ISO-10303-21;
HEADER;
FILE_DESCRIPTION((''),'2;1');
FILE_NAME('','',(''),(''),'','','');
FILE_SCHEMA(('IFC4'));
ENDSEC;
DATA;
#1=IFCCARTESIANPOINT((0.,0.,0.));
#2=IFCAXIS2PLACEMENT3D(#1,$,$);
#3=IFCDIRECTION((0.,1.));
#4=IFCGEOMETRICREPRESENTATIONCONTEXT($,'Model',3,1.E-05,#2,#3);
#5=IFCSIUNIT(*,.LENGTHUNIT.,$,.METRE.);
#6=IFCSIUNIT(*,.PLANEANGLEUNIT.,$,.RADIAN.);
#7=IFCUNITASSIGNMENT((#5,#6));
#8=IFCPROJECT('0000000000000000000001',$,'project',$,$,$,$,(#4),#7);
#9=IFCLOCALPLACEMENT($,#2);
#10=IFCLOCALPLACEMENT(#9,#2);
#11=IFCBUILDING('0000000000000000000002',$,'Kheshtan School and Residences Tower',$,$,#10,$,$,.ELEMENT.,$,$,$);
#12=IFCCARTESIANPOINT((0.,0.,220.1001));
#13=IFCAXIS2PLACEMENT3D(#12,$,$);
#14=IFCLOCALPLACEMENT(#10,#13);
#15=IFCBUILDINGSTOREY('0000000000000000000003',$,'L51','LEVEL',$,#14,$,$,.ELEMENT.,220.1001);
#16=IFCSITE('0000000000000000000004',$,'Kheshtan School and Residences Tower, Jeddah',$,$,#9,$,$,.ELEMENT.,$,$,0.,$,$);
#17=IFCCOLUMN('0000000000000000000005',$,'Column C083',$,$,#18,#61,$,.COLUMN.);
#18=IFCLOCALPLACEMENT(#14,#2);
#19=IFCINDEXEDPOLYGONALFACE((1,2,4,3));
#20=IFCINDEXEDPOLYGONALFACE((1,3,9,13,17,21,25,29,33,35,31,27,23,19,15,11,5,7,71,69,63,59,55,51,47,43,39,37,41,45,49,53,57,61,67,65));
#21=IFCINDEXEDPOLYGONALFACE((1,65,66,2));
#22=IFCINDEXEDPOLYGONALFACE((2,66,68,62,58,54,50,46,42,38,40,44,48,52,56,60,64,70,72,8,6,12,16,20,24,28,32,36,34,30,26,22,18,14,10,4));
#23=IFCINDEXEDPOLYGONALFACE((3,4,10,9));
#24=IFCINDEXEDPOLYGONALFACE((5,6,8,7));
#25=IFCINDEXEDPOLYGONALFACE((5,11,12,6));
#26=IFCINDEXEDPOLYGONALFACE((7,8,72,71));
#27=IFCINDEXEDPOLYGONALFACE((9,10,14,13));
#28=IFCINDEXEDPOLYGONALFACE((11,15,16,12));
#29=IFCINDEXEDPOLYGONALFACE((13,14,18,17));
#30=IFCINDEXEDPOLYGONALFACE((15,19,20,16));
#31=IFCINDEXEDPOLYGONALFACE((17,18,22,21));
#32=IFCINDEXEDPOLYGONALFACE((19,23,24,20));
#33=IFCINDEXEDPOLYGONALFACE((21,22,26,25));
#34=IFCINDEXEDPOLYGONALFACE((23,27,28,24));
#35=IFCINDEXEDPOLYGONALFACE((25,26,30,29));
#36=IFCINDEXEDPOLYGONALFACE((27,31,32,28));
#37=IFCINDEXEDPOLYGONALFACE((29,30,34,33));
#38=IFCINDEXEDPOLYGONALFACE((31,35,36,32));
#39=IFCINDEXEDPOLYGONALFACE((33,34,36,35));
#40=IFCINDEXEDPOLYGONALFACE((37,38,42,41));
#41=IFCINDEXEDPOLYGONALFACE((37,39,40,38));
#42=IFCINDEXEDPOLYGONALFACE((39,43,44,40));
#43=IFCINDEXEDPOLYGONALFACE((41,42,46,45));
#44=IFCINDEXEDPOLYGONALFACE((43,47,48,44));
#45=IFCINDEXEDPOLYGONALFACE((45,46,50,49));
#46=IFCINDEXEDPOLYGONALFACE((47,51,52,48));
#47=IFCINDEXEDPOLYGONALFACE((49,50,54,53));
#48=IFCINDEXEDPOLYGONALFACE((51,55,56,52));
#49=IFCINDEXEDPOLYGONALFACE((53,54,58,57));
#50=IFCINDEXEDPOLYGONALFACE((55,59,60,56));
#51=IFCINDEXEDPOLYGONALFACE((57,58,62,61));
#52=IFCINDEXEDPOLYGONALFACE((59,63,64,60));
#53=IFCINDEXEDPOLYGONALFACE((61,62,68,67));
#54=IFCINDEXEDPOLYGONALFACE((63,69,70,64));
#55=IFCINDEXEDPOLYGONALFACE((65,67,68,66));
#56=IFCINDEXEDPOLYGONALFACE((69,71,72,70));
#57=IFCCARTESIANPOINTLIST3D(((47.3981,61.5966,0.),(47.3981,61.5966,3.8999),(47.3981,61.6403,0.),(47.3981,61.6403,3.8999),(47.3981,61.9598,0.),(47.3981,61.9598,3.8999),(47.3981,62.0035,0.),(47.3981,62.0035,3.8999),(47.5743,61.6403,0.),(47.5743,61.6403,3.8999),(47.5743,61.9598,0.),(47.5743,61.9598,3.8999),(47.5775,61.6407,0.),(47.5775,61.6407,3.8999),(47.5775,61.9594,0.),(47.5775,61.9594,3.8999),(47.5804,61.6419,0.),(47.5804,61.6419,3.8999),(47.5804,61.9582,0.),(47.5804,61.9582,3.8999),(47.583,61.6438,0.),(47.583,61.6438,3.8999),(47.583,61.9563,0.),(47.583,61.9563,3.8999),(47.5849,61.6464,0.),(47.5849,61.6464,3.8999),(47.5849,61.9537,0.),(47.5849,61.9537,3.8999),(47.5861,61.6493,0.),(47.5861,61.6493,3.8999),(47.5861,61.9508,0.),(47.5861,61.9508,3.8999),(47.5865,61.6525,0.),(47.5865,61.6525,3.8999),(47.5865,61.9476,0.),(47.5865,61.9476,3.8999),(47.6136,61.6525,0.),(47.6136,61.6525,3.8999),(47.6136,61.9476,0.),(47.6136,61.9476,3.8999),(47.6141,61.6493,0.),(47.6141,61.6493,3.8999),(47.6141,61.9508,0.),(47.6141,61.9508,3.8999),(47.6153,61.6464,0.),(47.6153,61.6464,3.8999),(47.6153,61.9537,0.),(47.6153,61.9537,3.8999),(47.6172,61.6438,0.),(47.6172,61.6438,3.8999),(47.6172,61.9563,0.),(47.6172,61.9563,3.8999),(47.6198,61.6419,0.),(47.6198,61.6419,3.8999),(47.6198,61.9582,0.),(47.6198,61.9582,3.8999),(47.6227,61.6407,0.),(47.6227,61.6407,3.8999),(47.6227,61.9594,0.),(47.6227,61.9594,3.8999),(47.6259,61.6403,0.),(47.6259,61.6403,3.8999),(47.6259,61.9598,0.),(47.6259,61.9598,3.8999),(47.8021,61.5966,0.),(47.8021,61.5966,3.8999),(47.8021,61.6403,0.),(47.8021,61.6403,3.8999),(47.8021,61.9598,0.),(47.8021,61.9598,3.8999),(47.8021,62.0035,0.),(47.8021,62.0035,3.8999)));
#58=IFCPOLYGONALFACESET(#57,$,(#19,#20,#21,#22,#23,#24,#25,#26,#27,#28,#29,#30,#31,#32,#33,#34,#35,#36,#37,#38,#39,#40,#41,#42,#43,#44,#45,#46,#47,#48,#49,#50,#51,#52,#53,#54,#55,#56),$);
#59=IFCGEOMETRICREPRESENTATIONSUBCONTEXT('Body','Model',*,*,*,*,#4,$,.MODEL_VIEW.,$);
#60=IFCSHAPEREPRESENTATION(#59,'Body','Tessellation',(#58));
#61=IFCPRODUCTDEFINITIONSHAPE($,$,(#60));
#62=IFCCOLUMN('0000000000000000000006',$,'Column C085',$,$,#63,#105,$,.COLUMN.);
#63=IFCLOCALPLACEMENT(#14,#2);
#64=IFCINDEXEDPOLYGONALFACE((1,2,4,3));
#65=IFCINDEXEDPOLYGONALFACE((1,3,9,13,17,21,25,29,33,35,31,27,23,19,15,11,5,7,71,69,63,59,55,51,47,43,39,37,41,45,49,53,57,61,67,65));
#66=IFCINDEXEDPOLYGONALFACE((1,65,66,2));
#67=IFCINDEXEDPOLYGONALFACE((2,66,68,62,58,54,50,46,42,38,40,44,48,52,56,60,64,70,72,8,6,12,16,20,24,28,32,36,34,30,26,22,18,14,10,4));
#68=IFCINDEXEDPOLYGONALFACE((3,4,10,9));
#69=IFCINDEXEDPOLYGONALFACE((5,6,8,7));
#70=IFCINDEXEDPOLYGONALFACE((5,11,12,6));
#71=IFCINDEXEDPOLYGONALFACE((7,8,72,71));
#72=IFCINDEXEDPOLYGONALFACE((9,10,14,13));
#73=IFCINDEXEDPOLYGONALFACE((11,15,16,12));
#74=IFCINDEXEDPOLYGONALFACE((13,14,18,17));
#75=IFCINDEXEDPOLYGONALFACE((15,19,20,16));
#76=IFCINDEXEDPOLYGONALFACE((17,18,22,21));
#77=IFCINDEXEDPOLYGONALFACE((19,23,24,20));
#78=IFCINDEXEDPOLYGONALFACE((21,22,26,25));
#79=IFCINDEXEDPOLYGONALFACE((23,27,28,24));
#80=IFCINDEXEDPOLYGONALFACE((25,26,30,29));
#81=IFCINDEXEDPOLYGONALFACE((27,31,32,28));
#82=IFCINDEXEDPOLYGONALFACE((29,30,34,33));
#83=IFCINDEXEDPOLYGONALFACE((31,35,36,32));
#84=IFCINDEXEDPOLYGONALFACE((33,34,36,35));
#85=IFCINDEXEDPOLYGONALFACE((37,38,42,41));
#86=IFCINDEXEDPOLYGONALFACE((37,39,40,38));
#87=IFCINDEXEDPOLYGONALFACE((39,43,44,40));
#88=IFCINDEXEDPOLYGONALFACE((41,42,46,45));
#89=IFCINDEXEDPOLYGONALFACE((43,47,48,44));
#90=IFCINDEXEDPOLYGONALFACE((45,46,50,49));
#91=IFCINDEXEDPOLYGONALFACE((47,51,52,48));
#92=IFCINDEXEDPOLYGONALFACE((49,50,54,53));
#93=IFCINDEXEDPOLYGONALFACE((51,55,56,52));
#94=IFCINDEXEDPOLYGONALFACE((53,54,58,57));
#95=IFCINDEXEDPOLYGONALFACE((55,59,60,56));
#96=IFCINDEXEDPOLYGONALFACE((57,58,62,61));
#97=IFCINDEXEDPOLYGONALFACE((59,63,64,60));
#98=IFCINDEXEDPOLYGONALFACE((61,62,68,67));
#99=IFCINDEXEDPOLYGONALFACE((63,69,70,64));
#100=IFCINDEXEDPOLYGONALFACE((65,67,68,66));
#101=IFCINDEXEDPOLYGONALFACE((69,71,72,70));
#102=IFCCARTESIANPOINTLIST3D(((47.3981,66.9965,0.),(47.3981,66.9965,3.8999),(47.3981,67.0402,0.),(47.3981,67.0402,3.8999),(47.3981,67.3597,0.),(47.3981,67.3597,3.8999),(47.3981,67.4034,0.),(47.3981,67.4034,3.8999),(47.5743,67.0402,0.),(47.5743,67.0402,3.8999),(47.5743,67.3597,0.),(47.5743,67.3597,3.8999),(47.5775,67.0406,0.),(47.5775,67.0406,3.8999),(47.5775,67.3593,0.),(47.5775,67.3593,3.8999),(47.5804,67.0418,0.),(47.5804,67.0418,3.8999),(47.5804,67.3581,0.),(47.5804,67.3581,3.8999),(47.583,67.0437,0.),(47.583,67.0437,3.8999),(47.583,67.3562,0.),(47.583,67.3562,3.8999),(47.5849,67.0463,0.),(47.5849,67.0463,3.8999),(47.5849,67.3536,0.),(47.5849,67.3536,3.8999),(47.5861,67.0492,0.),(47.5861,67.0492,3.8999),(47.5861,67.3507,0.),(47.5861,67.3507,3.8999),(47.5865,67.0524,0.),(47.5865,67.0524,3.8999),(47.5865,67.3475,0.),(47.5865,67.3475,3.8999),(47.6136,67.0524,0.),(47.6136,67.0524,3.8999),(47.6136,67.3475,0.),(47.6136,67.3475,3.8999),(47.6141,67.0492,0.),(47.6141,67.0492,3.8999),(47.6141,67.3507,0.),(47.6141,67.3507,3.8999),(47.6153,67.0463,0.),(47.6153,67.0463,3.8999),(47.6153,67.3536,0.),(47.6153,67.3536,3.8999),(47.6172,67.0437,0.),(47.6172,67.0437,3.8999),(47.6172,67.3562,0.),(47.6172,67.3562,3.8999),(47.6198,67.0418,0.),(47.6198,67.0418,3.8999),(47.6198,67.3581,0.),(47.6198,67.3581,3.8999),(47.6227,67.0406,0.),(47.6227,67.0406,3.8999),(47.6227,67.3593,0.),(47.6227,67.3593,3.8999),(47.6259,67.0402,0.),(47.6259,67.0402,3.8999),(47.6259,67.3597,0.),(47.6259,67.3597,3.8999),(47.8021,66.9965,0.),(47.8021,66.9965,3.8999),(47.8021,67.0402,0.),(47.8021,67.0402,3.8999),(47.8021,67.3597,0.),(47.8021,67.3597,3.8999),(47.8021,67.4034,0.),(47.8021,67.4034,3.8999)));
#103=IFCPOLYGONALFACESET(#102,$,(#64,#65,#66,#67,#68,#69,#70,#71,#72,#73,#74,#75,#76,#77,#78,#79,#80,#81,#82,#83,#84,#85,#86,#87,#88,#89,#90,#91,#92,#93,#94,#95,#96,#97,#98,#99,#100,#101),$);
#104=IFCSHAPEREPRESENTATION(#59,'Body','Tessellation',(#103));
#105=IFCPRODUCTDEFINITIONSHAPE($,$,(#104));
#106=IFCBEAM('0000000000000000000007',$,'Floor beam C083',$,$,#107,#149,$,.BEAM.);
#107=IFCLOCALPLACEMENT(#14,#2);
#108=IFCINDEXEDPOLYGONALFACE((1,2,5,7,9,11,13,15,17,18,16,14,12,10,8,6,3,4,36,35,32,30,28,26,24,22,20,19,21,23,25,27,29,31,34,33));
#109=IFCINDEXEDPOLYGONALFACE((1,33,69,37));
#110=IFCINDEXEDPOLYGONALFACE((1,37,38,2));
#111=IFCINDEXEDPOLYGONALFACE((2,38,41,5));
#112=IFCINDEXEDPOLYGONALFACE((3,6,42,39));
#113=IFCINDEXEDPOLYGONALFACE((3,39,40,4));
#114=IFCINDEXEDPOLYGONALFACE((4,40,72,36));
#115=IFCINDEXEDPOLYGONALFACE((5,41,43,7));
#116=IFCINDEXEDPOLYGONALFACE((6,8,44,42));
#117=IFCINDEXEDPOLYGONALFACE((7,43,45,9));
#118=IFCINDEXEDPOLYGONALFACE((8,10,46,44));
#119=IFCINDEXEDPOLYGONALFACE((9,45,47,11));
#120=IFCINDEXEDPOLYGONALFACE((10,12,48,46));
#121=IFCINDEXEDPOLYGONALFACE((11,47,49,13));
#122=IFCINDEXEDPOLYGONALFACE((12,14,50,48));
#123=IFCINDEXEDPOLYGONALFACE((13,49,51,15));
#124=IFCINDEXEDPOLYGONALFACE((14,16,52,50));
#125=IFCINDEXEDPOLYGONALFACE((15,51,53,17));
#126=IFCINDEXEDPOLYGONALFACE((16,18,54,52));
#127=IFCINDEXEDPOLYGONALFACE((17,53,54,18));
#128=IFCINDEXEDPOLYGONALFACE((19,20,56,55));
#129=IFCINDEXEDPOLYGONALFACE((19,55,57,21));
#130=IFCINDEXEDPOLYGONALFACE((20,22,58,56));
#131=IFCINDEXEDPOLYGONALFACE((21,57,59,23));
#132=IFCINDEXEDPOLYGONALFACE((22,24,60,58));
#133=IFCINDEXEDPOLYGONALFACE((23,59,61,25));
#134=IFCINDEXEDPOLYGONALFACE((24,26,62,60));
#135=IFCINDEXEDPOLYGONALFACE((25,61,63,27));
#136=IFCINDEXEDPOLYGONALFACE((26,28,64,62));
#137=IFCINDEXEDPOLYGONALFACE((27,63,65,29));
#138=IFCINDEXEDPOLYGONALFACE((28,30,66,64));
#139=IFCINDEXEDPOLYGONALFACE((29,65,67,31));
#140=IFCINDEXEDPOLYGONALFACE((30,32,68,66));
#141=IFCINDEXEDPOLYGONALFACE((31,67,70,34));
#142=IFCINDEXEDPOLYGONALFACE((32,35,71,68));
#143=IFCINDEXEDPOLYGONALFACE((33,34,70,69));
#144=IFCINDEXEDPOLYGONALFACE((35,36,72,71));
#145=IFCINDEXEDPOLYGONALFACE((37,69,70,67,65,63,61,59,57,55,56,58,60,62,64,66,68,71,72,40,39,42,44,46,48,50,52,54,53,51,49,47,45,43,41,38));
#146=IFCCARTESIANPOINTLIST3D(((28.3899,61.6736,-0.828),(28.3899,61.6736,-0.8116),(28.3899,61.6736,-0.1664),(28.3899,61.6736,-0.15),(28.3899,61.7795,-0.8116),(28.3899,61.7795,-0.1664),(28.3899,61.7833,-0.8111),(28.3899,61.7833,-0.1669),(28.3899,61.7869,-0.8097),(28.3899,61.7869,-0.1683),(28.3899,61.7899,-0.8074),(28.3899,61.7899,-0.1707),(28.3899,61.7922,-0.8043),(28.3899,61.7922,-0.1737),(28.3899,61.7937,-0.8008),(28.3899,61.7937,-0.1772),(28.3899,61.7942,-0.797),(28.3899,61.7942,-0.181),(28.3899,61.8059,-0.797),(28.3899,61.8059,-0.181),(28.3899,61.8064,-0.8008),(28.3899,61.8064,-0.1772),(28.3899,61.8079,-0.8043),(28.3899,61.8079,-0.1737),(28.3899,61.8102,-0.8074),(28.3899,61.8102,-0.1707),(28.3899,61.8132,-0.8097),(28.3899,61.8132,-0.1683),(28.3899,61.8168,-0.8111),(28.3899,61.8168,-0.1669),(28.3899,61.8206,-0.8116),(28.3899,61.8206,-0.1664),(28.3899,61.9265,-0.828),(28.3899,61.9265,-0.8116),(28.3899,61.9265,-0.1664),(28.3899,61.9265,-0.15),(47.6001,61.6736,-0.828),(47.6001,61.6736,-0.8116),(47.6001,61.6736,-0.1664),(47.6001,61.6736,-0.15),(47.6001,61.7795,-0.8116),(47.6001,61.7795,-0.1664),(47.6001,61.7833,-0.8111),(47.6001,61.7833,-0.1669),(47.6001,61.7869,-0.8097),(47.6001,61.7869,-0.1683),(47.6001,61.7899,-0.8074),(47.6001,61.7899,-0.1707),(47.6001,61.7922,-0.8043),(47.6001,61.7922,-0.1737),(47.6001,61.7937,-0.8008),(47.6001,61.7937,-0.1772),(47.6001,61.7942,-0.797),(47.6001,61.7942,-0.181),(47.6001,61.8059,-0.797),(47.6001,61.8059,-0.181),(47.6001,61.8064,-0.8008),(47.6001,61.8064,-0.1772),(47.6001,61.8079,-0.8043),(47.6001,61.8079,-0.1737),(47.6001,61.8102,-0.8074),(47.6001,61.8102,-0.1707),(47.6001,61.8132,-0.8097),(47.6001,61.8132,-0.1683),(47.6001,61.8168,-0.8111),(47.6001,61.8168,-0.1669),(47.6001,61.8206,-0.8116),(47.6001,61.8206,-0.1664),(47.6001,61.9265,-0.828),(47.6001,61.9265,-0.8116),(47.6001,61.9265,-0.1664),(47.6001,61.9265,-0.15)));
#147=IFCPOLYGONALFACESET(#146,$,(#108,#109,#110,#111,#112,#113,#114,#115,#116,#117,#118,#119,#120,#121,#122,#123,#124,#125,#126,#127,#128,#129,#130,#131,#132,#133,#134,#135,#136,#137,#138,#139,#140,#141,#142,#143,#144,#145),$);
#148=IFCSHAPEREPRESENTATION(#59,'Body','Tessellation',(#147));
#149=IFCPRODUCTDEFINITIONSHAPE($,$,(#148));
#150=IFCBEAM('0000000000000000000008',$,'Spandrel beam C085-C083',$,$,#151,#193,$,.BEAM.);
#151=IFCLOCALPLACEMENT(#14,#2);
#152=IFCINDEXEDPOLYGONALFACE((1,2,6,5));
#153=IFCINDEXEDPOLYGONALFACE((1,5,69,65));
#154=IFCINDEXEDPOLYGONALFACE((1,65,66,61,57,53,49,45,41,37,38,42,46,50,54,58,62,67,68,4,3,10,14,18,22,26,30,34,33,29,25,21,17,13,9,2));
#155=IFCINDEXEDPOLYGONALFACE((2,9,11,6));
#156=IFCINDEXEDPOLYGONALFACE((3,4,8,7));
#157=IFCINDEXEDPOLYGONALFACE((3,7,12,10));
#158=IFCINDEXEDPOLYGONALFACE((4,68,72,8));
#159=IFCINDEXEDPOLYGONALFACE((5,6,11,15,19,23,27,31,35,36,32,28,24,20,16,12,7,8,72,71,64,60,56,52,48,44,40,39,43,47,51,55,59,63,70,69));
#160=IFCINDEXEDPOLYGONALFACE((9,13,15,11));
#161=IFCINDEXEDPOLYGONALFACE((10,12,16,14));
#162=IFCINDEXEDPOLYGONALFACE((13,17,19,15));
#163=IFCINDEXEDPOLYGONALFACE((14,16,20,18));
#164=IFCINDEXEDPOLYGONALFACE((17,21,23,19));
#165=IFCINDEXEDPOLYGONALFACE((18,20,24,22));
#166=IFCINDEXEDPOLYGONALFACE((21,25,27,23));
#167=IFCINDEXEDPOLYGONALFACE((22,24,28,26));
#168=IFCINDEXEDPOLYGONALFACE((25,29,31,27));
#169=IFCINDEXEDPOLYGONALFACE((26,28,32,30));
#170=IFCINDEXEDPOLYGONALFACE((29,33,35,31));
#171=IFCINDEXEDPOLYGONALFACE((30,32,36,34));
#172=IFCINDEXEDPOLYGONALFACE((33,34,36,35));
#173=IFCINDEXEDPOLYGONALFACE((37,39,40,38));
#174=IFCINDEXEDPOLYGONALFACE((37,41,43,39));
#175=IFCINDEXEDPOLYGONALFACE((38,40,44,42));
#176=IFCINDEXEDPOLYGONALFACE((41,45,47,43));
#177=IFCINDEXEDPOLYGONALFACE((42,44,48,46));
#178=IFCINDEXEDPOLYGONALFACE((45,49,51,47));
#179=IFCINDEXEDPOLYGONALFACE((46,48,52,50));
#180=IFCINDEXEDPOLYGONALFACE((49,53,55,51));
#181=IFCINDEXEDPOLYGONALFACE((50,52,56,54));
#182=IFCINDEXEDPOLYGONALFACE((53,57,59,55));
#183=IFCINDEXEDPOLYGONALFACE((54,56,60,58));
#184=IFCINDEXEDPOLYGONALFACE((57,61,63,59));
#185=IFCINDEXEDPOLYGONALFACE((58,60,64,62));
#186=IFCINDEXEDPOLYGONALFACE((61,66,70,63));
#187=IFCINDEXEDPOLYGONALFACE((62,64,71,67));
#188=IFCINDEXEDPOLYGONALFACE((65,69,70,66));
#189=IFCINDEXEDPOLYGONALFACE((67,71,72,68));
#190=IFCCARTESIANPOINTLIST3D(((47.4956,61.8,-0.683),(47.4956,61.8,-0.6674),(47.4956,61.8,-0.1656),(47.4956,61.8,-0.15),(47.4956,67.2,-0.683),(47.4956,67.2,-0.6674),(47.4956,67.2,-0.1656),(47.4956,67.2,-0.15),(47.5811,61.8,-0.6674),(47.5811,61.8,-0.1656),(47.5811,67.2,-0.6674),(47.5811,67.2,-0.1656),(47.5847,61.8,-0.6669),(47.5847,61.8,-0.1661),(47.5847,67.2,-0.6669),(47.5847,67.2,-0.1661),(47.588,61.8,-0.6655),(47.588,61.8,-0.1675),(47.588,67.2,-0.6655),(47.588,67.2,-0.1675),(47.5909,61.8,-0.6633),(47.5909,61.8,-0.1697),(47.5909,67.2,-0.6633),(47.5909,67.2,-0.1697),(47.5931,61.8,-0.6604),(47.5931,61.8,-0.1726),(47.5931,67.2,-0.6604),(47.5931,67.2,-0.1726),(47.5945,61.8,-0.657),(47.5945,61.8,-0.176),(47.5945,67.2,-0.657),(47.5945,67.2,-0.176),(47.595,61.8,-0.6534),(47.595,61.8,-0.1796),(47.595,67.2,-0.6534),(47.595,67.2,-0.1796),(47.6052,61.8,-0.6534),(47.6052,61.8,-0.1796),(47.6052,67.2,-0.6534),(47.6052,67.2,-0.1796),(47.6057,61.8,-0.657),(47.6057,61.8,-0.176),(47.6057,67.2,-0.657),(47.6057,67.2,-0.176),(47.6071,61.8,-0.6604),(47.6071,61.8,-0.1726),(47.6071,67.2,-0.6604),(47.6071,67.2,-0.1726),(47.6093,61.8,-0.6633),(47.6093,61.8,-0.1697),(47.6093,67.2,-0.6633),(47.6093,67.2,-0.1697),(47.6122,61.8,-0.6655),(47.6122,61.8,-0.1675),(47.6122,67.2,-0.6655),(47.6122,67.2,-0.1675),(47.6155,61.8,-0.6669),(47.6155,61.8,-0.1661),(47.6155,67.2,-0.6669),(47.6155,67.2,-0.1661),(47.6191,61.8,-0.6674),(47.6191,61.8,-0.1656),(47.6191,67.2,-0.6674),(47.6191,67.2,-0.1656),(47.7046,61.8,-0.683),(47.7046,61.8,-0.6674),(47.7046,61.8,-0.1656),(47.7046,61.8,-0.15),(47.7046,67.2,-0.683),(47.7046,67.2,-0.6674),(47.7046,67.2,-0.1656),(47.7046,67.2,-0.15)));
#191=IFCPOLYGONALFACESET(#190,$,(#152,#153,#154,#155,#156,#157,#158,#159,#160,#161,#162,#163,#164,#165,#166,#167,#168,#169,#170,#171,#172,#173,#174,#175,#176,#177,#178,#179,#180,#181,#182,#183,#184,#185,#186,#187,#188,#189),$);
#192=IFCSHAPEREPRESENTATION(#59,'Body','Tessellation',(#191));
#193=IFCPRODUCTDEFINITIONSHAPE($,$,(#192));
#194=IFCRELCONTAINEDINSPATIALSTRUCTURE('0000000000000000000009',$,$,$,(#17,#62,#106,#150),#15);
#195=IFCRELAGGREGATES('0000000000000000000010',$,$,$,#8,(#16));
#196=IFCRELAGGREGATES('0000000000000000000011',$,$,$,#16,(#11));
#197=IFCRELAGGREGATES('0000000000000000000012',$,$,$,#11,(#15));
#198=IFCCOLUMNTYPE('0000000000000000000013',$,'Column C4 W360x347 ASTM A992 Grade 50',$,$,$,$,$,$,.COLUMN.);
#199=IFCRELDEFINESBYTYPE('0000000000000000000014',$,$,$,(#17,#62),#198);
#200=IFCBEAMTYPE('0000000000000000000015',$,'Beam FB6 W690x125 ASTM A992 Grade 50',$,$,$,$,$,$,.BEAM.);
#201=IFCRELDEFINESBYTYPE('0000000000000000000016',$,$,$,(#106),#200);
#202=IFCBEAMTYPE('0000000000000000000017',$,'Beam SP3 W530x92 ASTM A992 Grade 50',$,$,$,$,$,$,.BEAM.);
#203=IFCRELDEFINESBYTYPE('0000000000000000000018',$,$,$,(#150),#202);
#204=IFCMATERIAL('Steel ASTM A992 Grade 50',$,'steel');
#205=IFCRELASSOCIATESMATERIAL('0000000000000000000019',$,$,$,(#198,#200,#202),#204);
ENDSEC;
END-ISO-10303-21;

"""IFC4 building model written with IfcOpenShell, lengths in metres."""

from ifc_helpers import new_model, si_unit, direction, frame, origin, origin_2d, place, context, subcontext, project, spatial, i_section, extrude, material, material_profile, profile_set, type_object, element, save


model = new_model("IFC4")

# Units and contexts
model_context = context("Model", 3, precision=1e-05, world=origin(), true_north=direction((0.0, 1.0)))
body_context = subcontext(model_context, "Body", "Model", "MODEL_VIEW")
ifc_project = project(units=[si_unit("LENGTHUNIT", "METRE"), si_unit("PLANEANGLEUNIT", "RADIAN")], contexts=[model_context])

# Site, building, storey
site_placement = place(None, origin())
site = spatial("IfcSite", under=ifc_project, at=site_placement, Name="Kheshtan School and Residences Tower, Jeddah", CompositionType="ELEMENT", RefElevation=0.0)
building_placement = place(site_placement, origin())
building = spatial("IfcBuilding", under=site, at=building_placement, Name="Kheshtan School and Residences Tower", CompositionType="ELEMENT")
storey_placement = place(building_placement, frame((0.0, 0.0, 220.1001)))
storey = spatial("IfcBuildingStorey", under=building, at=storey_placement, Name="L51", Description="LEVEL", CompositionType="ELEMENT", Elevation=220.1001)

# Columns
ifc_material_1 = material(Name="Steel ASTM A992 Grade 50", Category="steel")
ifc_material_profile_1 = material_profile(ifc_material_1, i_section(OverallWidth=0.4041, OverallDepth=0.407, WebThickness=0.0271, FlangeThickness=0.0437, FilletRadius=0.0122, at=origin_2d()), Name="W360x347")
ifc_profile_set_1 = profile_set([ifc_material_profile_1], Name="Steel ASTM A992 Grade 50")
column_type = type_object("IfcColumnType", Name="Column C4 W360x347 ASTM A992 Grade 50", PredefinedType="COLUMN", material=ifc_profile_set_1)
for number, where, z_axis, x_axis, name in (
    (1, (47.6001, 61.8, 0.0), (0.0, 0.0, 1.0), (1.0, 0.0, 0.0), "Column C083"),
    (2, (47.6001, 67.2, 0.0), (0.0, 0.0, 1.0), (1.0, 0.0, 0.0), "Column C085"),
):
    element("IfcColumn", number, at=place(storey_placement, frame(where, z_axis=z_axis, x_axis=x_axis)), inside=storey, type_object=column_type, Name=name, PredefinedType="COLUMN", context=body_context, shape_type="SweptSolid", body=[
        extrude(i_section(OverallWidth=0.4041, OverallDepth=0.407, WebThickness=0.0271, FlangeThickness=0.0437, FilletRadius=0.0122, at=origin_2d()), origin(), (0.0, 0.0, 1.0), 3.8999),
    ])

# Beams
ifc_material_profile_2 = material_profile(ifc_material_1, i_section(OverallWidth=0.2529, OverallDepth=0.678, WebThickness=0.0117, FlangeThickness=0.0164, FilletRadius=0.0146, at=origin_2d()), Name="W690x125")
ifc_profile_set_2 = profile_set([ifc_material_profile_2], Name="Steel ASTM A992 Grade 50")
beam_type_1 = type_object("IfcBeamType", Name="Beam FB6 W690x125 ASTM A992 Grade 50", PredefinedType="BEAM", material=ifc_profile_set_2)
beam_1_placement = place(storey_placement, frame((47.6001, 61.8, -0.489), z_axis=(-1.0, 0.0, 0.0), x_axis=(0.0, -1.0, 0.0)))
element("IfcBeam", 3, at=beam_1_placement, inside=storey, type_object=beam_type_1, Name="Floor beam C083", PredefinedType="BEAM", context=body_context, shape_type="SweptSolid", body=[
    extrude(i_section(OverallWidth=0.2529, OverallDepth=0.678, WebThickness=0.0117, FlangeThickness=0.0164, FilletRadius=0.0146, at=origin_2d()), origin(), (0.0, 0.0, 1.0), 19.2102),
])
ifc_material_profile_3 = material_profile(ifc_material_1, i_section(OverallWidth=0.209, OverallDepth=0.533, WebThickness=0.0103, FlangeThickness=0.0156, FilletRadius=0.0139, at=origin_2d()), Name="W530x92")
ifc_profile_set_3 = profile_set([ifc_material_profile_3], Name="Steel ASTM A992 Grade 50")
beam_type_2 = type_object("IfcBeamType", Name="Beam SP3 W530x92 ASTM A992 Grade 50", PredefinedType="BEAM", material=ifc_profile_set_3)
beam_2_placement = place(storey_placement, frame((47.6001, 67.2, -0.4165), z_axis=(0.0, -1.0, 0.0), x_axis=(1.0, 0.0, 0.0)))
element("IfcBeam", 4, at=beam_2_placement, inside=storey, type_object=beam_type_2, Name="Spandrel beam C085-C083", PredefinedType="BEAM", context=body_context, shape_type="SweptSolid", body=[
    extrude(i_section(OverallWidth=0.209, OverallDepth=0.533, WebThickness=0.0103, FlangeThickness=0.0156, FilletRadius=0.0139, at=origin_2d()), origin(), (0.0, 0.0, 1.0), 5.3999),
])

save(model, "model.ifc")
